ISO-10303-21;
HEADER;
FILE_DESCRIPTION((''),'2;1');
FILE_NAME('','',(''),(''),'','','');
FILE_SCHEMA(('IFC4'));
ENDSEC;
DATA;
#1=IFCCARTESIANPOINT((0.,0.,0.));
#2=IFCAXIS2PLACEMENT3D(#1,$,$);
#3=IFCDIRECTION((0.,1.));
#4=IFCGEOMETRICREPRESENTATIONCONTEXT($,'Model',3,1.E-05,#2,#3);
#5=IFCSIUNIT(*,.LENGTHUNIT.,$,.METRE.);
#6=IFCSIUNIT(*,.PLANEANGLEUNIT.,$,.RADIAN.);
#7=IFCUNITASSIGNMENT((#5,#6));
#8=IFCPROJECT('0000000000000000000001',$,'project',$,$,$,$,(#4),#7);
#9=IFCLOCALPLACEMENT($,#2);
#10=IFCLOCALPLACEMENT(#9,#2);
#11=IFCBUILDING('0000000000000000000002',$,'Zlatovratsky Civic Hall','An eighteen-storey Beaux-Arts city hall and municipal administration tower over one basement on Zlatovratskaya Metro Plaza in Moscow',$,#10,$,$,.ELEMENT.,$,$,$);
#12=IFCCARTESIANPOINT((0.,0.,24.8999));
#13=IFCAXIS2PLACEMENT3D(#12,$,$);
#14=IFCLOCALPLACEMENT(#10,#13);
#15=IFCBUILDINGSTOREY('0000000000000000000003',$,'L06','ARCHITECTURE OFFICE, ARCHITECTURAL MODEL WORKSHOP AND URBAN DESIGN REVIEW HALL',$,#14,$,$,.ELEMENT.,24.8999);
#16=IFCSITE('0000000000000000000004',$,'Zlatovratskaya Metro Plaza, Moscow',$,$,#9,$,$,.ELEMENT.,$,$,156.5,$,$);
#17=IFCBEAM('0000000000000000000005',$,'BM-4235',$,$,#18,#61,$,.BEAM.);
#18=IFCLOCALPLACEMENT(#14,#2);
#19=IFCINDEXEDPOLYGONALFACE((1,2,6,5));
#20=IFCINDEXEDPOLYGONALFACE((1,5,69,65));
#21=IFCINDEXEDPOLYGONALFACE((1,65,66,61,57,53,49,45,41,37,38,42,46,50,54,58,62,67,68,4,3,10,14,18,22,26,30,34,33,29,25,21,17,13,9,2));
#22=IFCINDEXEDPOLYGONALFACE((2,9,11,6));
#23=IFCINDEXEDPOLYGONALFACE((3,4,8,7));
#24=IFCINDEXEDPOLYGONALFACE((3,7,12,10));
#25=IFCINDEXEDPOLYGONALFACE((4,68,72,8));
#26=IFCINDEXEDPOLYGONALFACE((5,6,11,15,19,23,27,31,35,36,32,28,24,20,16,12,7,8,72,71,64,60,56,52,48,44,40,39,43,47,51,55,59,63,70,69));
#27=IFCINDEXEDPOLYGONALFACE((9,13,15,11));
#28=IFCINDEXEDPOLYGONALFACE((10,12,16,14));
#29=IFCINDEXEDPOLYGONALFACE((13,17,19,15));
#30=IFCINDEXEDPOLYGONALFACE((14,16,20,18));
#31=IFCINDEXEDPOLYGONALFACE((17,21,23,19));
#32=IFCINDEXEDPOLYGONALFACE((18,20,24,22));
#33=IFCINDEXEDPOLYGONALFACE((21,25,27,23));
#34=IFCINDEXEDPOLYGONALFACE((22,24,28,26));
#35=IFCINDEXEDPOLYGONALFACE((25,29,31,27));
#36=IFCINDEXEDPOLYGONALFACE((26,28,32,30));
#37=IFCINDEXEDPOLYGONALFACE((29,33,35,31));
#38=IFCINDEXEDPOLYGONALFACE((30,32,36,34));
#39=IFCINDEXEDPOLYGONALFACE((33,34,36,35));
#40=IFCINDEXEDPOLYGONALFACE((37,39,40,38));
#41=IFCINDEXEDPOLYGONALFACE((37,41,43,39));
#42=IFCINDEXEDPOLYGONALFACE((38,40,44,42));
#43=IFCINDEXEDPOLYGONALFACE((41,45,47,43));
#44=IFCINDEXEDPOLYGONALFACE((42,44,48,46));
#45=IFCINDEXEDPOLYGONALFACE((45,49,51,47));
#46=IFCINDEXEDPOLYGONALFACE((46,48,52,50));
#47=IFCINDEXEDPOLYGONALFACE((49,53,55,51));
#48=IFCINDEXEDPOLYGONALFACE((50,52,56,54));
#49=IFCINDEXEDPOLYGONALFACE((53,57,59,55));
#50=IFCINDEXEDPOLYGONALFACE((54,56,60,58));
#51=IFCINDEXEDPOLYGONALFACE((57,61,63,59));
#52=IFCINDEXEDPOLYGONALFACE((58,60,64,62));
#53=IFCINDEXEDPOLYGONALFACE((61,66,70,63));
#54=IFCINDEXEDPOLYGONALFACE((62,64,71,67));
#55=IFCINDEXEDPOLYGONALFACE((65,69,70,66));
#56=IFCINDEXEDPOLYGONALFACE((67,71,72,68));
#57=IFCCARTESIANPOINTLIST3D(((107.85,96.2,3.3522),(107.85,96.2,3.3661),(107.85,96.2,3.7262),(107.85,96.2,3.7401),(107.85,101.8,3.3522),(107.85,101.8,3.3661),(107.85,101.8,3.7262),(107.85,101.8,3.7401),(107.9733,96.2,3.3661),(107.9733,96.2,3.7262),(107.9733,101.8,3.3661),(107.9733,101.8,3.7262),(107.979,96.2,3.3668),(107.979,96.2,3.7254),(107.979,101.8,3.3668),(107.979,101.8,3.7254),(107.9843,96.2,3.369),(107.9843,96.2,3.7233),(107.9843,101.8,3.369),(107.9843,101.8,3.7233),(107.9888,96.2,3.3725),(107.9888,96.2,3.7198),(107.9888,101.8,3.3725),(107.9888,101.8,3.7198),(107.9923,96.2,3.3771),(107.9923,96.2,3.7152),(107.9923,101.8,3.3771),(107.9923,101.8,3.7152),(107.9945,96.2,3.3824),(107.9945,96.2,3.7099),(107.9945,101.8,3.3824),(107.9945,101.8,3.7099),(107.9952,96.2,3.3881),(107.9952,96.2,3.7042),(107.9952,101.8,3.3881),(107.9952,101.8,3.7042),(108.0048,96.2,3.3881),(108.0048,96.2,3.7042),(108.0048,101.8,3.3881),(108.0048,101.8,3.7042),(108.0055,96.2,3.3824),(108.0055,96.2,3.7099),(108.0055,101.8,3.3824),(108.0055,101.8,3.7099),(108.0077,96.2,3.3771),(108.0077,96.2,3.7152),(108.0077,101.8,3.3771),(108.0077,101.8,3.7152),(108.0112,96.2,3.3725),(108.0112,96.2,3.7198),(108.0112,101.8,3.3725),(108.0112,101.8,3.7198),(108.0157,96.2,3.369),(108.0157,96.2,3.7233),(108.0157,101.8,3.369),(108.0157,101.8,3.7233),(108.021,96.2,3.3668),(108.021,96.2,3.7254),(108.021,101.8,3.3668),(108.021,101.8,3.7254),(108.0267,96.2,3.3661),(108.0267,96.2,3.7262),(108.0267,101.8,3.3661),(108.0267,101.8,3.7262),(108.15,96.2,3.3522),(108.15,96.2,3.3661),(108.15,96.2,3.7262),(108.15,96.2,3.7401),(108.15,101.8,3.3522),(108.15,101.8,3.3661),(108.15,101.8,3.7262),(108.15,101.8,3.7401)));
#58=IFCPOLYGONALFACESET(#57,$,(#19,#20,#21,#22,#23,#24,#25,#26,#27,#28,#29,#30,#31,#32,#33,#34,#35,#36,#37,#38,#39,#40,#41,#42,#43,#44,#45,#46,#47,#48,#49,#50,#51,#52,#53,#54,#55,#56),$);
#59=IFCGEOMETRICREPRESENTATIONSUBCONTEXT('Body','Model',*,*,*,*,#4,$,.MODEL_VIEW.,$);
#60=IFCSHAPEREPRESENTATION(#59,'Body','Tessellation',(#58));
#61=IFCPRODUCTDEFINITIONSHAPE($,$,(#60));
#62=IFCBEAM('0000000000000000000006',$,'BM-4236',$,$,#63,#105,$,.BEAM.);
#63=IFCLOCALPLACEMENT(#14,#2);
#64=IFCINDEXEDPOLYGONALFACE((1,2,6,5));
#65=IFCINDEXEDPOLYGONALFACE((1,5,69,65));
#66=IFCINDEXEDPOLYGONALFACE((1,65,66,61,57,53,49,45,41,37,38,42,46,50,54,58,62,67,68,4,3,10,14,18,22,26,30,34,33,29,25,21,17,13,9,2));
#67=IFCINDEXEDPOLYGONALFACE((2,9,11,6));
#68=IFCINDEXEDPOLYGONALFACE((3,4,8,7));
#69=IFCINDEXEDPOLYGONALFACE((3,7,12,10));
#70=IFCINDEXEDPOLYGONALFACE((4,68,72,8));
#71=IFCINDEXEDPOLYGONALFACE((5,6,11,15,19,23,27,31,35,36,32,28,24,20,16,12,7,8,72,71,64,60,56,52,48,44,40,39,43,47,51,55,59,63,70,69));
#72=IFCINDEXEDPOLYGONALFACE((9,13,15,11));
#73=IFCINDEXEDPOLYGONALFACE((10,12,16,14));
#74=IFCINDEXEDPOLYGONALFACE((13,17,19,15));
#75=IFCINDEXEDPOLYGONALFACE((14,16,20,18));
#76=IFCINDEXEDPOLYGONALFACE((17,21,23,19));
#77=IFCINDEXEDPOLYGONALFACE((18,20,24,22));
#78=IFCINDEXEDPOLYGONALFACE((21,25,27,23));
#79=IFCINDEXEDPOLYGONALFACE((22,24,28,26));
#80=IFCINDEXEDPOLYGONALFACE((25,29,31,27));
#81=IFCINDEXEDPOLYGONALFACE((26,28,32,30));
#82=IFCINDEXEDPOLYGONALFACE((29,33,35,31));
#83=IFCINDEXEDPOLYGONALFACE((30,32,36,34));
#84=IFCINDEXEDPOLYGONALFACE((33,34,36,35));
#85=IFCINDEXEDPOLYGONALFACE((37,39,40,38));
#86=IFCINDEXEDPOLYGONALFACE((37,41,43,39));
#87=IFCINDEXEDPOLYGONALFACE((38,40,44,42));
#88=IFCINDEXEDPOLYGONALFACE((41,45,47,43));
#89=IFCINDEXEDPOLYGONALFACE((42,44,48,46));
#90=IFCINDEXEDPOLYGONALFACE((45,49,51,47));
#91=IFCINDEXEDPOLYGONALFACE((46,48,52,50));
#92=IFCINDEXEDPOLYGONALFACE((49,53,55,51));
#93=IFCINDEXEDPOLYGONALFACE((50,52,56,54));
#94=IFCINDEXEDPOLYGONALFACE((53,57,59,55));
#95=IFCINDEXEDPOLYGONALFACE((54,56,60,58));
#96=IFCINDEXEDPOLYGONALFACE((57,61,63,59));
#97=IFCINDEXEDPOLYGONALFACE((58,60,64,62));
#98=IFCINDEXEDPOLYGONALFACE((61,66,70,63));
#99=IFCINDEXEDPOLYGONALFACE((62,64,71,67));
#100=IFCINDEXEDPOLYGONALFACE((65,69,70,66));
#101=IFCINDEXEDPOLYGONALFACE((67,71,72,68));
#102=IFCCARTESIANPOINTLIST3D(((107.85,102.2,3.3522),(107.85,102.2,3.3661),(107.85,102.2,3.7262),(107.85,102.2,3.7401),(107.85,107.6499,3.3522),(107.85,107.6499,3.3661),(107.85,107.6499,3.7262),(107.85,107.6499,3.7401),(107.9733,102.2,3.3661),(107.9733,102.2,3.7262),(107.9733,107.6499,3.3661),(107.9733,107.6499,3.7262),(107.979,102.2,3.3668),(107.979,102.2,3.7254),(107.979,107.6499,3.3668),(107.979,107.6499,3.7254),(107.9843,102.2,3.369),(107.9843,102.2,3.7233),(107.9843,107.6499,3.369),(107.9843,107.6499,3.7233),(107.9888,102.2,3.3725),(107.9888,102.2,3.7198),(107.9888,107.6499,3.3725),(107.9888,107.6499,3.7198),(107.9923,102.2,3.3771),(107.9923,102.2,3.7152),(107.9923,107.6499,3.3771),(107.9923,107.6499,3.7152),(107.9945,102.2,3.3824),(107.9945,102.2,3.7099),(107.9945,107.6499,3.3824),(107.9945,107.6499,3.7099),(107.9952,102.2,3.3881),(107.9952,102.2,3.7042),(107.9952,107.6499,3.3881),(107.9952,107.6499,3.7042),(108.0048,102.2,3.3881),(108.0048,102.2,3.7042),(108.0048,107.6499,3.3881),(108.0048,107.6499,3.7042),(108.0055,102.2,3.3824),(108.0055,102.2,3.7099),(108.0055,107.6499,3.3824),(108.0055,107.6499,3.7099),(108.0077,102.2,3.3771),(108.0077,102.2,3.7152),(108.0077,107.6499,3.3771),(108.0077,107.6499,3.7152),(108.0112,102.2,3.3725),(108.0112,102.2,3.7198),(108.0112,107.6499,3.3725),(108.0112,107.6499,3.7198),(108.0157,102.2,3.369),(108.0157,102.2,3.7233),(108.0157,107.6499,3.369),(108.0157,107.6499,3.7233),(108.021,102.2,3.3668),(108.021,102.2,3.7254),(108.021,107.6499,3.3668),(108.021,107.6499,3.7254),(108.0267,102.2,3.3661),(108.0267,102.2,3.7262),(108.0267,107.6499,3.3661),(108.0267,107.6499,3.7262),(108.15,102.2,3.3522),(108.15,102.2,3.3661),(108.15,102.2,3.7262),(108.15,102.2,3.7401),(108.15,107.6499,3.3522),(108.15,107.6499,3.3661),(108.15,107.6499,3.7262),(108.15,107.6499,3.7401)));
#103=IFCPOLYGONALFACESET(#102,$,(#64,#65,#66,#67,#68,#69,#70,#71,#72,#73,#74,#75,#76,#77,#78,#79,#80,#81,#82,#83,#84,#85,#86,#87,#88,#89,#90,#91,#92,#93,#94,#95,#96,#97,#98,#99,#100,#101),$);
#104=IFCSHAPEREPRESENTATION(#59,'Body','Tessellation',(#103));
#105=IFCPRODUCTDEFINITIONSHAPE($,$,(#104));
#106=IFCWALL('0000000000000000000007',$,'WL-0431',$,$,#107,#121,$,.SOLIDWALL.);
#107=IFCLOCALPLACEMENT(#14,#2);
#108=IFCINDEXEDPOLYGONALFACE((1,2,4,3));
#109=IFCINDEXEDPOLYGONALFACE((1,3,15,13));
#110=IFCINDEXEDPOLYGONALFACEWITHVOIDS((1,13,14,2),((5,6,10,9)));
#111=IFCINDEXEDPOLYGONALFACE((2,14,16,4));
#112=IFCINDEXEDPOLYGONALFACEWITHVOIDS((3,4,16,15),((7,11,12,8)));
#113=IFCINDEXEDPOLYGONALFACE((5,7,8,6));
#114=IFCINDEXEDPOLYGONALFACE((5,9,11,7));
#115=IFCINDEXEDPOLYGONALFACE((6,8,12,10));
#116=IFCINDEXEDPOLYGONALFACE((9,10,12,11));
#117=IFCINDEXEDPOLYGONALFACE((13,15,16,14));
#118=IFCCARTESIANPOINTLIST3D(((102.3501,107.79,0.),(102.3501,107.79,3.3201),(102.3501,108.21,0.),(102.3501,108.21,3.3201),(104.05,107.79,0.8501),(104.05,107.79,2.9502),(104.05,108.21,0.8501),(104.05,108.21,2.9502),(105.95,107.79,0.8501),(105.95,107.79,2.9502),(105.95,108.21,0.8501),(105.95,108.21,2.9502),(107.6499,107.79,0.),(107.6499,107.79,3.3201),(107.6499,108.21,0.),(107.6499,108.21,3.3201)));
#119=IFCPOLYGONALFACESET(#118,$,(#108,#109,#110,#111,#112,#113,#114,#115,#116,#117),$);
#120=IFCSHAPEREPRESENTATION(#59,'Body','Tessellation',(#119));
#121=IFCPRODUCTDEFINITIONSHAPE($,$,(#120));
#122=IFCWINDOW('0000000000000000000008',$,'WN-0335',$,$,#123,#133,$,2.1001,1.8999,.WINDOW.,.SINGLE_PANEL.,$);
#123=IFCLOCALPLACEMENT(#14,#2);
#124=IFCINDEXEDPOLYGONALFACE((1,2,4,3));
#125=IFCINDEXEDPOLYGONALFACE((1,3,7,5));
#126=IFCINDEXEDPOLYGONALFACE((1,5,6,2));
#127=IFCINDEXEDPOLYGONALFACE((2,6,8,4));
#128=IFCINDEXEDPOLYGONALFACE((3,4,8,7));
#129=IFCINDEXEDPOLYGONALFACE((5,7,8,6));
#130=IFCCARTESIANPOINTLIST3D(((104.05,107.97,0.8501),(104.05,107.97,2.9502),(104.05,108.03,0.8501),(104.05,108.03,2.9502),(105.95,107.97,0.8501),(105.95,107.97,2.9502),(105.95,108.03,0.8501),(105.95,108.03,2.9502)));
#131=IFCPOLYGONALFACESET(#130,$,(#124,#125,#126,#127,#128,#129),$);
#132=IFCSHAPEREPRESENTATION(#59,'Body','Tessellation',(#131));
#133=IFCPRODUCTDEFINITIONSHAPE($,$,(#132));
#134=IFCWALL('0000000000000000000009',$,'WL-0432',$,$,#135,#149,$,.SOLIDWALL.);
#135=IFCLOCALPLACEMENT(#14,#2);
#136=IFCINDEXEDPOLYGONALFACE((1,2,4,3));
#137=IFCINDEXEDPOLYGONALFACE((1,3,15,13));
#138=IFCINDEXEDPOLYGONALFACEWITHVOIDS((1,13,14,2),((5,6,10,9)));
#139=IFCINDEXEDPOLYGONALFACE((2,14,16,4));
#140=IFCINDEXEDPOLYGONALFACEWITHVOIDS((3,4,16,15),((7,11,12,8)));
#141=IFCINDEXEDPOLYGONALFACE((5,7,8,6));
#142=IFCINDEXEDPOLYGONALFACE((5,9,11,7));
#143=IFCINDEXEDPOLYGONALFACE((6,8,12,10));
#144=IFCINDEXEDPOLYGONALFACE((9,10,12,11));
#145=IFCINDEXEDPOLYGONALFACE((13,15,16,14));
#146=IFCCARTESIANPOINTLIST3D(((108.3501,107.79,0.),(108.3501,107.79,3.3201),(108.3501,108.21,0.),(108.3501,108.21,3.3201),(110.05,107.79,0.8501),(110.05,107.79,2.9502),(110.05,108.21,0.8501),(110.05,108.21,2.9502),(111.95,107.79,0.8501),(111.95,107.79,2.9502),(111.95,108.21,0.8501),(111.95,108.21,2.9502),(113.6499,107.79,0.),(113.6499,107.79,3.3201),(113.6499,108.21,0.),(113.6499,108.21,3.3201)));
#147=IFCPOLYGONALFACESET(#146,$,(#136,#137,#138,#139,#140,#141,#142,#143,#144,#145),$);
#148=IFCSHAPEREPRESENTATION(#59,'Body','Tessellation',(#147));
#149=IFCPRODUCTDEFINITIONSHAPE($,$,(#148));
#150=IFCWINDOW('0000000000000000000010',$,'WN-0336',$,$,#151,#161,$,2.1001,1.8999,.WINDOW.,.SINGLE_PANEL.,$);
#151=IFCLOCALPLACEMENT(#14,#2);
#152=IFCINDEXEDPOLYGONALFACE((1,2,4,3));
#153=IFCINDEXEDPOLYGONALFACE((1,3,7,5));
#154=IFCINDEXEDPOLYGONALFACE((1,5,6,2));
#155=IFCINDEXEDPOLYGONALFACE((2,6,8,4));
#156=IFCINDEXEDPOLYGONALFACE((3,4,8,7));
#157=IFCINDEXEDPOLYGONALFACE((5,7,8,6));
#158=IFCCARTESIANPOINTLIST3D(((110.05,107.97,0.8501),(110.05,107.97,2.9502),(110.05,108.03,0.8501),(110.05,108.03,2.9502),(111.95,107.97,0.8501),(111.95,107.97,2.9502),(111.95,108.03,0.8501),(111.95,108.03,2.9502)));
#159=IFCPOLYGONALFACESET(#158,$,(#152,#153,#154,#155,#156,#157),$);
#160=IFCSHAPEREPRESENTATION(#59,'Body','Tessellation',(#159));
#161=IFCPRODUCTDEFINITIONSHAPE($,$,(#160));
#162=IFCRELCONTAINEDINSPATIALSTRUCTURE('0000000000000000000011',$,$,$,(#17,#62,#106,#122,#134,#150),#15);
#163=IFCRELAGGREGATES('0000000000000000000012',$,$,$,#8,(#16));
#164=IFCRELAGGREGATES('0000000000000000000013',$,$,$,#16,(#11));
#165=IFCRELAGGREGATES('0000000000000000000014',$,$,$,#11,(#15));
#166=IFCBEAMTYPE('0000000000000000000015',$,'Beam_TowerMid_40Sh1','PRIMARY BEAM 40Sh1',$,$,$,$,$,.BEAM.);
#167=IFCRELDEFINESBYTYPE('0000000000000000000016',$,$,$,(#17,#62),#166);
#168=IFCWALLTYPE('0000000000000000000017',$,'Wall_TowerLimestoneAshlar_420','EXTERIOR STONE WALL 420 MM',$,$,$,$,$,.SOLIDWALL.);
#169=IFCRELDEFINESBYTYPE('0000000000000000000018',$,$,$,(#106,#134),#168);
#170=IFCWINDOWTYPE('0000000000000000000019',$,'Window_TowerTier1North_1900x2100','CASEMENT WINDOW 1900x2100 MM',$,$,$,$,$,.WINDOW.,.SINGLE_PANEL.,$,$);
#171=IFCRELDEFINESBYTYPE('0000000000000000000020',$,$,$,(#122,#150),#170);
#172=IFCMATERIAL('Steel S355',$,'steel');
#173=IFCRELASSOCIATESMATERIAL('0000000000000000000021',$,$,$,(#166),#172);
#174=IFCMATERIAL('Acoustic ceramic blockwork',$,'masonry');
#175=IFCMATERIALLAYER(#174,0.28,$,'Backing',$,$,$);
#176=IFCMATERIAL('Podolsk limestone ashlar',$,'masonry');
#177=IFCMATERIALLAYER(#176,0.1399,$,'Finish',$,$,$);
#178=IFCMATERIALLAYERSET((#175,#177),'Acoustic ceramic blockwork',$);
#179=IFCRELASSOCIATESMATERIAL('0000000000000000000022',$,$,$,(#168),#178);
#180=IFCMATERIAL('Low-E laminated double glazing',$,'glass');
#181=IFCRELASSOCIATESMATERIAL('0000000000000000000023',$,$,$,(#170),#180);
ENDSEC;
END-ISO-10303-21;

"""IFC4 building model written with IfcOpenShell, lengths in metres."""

from ifc_helpers import new_model, si_unit, direction, frame, frame_2d, origin, origin_2d, place, context, subcontext, project, spatial, rectangle, i_section, extrude, material, layer, layer_set, material_profile, profile_set, type_object, element, fill, save


model = new_model("IFC4")

# Units and contexts
model_context = context("Model", 3, precision=1e-05, world=origin(), true_north=direction((0.0, 1.0)))
body_context = subcontext(model_context, "Body", "Model", "MODEL_VIEW")
ifc_project = project(units=[si_unit("LENGTHUNIT", "METRE"), si_unit("PLANEANGLEUNIT", "RADIAN")], contexts=[model_context])

# Site, building, storey
site_placement = place(None, origin())
site = spatial("IfcSite", under=ifc_project, at=site_placement, Name="Zlatovratskaya Metro Plaza, Moscow", CompositionType="ELEMENT", RefElevation=156.5)
building_placement = place(site_placement, origin())
building = spatial("IfcBuilding", under=site, at=building_placement, Name="Zlatovratsky Civic Hall", Description="An eighteen-storey Beaux-Arts city hall and municipal administration tower over one basement on Zlatovratskaya Metro Plaza in Moscow", CompositionType="ELEMENT")
storey_placement = place(building_placement, frame((0.0, 0.0, 24.8999)))
storey = spatial("IfcBuildingStorey", under=building, at=storey_placement, Name="L06", Description="ARCHITECTURE OFFICE, ARCHITECTURAL MODEL WORKSHOP AND URBAN DESIGN REVIEW HALL", CompositionType="ELEMENT", Elevation=24.8999)

# Shared definitions
ifc_material_1 = material(Name="Steel S355", Category="steel")

# Beams
ifc_material_profile_1 = material_profile(ifc_material_1, i_section(OverallWidth=0.3, OverallDepth=0.3879, WebThickness=0.0095, FlangeThickness=0.0139, FilletRadius=0.022, at=origin_2d()), Name="40Sh1")
ifc_profile_set_1 = profile_set([ifc_material_profile_1], Name="Steel S355")
beam_type_1 = type_object("IfcBeamType", Name="Beam_TowerMid_40Sh1", Description="PRIMARY BEAM 40Sh1", PredefinedType="BEAM", material=ifc_profile_set_1)
for number, where, z_axis, x_axis, name in (
    (1, (108.0, 96.2, 3.5461), (0.0, 1.0, 0.0), (-1.0, 0.0, 0.0), "BM-4235"),
):
    element("IfcBeam", number, at=place(storey_placement, frame(where, z_axis=z_axis, x_axis=x_axis)), inside=storey, type_object=beam_type_1, Name=name, PredefinedType="BEAM", context=body_context, shape_type="SweptSolid", body=[
        extrude(i_section(OverallWidth=0.3, OverallDepth=0.3879, WebThickness=0.0095, FlangeThickness=0.0139, FilletRadius=0.022, at=origin_2d()), origin(), (0.0, 0.0, 1.0), 5.6001),
    ])
beam_1_placement = place(storey_placement, frame((108.0, 102.2, 3.5461), z_axis=(0.0, 1.0, 0.0), x_axis=(-1.0, 0.0, 0.0)))
element("IfcBeam", 2, at=beam_1_placement, inside=storey, type_object=beam_type_1, Name="BM-4236", PredefinedType="BEAM", context=body_context, shape_type="SweptSolid", body=[
    extrude(i_section(OverallWidth=0.3, OverallDepth=0.3879, WebThickness=0.0095, FlangeThickness=0.0139, FilletRadius=0.022, at=origin_2d()), origin(), (0.0, 0.0, 1.0), 5.45),
])

# Walls, openings, windows
ifc_material_2 = material(Name="Acoustic ceramic blockwork", Category="masonry")
ifc_layer_1 = layer(ifc_material_2, 0.28, Name="Backing")
ifc_material_3 = material(Name="Podolsk limestone ashlar", Category="masonry")
ifc_layer_2 = layer(ifc_material_3, 0.1399, Name="Finish")
ifc_layer_set = layer_set([ifc_layer_1, ifc_layer_2], Name="Acoustic ceramic blockwork")
wall_type = type_object("IfcWallType", Name="Wall_TowerLimestoneAshlar_420", Description="EXTERIOR STONE WALL 420 MM", PredefinedType="SOLIDWALL", material=ifc_layer_set)
wall_1_placement = place(storey_placement, frame((102.3501, 108.0, 0.0), z_axis=(0.0, 0.0, 1.0), x_axis=(1.0, 0.0, 0.0)))
wall_1 = element("IfcWall", 3, at=wall_1_placement, inside=storey, type_object=wall_type, Name="WL-0431", PredefinedType="SOLIDWALL", context=body_context, shape_type="SweptSolid", body=[
    extrude(rectangle(XDim=5.2998, YDim=0.4199, at=frame_2d((2.6499, 0.0))), origin(), (0.0, 0.0, 1.0), 3.3201),
])
opening_1_placement = place(wall_1_placement, frame((1.7, 0.0, 0.8501)))
opening_1 = element("IfcOpeningElement", 4, at=opening_1_placement, cuts=wall_1, PredefinedType="OPENING", context=body_context, shape_type="SweptSolid", body=[
    extrude(rectangle(XDim=1.8999, YDim=2.1001, at=frame_2d((0.95, 1.05))), frame((0.0, 0.2249, 0.0), z_axis=(0.0, -1.0, 0.0), x_axis=(1.0, 0.0, 0.0)), (0.0, 0.0, 1.0), 0.4497),
])
ifc_material_4 = material(Name="Low-E laminated double glazing", Category="glass")
window_type_1 = type_object("IfcWindowType", Name="Window_TowerTier1North_1900x2100", Description="CASEMENT WINDOW 1900x2100 MM", PartitioningType="SINGLE_PANEL", PredefinedType="WINDOW", material=ifc_material_4)
window_1_placement = place(opening_1_placement, origin())
window_1 = element("IfcWindow", 5, at=window_1_placement, inside=storey, type_object=window_type_1, Name="WN-0335", OverallHeight=2.1001, OverallWidth=1.8999, PartitioningType="SINGLE_PANEL", PredefinedType="WINDOW", context=body_context, shape_type="SweptSolid", body=[
    extrude(rectangle(XDim=1.8999, YDim=2.1001, at=frame_2d((0.95, 1.05))), frame((0.0, 0.03, 0.0), z_axis=(0.0, -1.0, 0.0), x_axis=(1.0, 0.0, 0.0)), (0.0, 0.0, 1.0), 0.0601),
])
fill(opening_1, window_1)
wall_2_placement = place(storey_placement, frame((108.3501, 108.0, 0.0), z_axis=(0.0, 0.0, 1.0), x_axis=(1.0, 0.0, 0.0)))
wall_2 = element("IfcWall", 6, at=wall_2_placement, inside=storey, type_object=wall_type, Name="WL-0432", PredefinedType="SOLIDWALL", context=body_context, shape_type="SweptSolid", body=[
    extrude(rectangle(XDim=5.2998, YDim=0.4199, at=frame_2d((2.6499, 0.0))), origin(), (0.0, 0.0, 1.0), 3.3201),
])
opening_2_placement = place(wall_2_placement, frame((1.7, 0.0, 0.8501)))
opening_2 = element("IfcOpeningElement", 7, at=opening_2_placement, cuts=wall_2, PredefinedType="OPENING", context=body_context, shape_type="SweptSolid", body=[
    extrude(rectangle(XDim=1.8999, YDim=2.1001, at=frame_2d((0.95, 1.05))), frame((0.0, 0.2249, 0.0), z_axis=(0.0, -1.0, 0.0), x_axis=(1.0, 0.0, 0.0)), (0.0, 0.0, 1.0), 0.4497),
])
window_2_placement = place(opening_2_placement, origin())
window_2 = element("IfcWindow", 8, at=window_2_placement, inside=storey, type_object=window_type_1, Name="WN-0336", OverallHeight=2.1001, OverallWidth=1.8999, PartitioningType="SINGLE_PANEL", PredefinedType="WINDOW", context=body_context, shape_type="SweptSolid", body=[
    extrude(rectangle(XDim=1.8999, YDim=2.1001, at=frame_2d((0.95, 1.05))), frame((0.0, 0.03, 0.0), z_axis=(0.0, -1.0, 0.0), x_axis=(1.0, 0.0, 0.0)), (0.0, 0.0, 1.0), 0.0601),
])
fill(opening_2, window_2)

save(model, "model.ifc")
